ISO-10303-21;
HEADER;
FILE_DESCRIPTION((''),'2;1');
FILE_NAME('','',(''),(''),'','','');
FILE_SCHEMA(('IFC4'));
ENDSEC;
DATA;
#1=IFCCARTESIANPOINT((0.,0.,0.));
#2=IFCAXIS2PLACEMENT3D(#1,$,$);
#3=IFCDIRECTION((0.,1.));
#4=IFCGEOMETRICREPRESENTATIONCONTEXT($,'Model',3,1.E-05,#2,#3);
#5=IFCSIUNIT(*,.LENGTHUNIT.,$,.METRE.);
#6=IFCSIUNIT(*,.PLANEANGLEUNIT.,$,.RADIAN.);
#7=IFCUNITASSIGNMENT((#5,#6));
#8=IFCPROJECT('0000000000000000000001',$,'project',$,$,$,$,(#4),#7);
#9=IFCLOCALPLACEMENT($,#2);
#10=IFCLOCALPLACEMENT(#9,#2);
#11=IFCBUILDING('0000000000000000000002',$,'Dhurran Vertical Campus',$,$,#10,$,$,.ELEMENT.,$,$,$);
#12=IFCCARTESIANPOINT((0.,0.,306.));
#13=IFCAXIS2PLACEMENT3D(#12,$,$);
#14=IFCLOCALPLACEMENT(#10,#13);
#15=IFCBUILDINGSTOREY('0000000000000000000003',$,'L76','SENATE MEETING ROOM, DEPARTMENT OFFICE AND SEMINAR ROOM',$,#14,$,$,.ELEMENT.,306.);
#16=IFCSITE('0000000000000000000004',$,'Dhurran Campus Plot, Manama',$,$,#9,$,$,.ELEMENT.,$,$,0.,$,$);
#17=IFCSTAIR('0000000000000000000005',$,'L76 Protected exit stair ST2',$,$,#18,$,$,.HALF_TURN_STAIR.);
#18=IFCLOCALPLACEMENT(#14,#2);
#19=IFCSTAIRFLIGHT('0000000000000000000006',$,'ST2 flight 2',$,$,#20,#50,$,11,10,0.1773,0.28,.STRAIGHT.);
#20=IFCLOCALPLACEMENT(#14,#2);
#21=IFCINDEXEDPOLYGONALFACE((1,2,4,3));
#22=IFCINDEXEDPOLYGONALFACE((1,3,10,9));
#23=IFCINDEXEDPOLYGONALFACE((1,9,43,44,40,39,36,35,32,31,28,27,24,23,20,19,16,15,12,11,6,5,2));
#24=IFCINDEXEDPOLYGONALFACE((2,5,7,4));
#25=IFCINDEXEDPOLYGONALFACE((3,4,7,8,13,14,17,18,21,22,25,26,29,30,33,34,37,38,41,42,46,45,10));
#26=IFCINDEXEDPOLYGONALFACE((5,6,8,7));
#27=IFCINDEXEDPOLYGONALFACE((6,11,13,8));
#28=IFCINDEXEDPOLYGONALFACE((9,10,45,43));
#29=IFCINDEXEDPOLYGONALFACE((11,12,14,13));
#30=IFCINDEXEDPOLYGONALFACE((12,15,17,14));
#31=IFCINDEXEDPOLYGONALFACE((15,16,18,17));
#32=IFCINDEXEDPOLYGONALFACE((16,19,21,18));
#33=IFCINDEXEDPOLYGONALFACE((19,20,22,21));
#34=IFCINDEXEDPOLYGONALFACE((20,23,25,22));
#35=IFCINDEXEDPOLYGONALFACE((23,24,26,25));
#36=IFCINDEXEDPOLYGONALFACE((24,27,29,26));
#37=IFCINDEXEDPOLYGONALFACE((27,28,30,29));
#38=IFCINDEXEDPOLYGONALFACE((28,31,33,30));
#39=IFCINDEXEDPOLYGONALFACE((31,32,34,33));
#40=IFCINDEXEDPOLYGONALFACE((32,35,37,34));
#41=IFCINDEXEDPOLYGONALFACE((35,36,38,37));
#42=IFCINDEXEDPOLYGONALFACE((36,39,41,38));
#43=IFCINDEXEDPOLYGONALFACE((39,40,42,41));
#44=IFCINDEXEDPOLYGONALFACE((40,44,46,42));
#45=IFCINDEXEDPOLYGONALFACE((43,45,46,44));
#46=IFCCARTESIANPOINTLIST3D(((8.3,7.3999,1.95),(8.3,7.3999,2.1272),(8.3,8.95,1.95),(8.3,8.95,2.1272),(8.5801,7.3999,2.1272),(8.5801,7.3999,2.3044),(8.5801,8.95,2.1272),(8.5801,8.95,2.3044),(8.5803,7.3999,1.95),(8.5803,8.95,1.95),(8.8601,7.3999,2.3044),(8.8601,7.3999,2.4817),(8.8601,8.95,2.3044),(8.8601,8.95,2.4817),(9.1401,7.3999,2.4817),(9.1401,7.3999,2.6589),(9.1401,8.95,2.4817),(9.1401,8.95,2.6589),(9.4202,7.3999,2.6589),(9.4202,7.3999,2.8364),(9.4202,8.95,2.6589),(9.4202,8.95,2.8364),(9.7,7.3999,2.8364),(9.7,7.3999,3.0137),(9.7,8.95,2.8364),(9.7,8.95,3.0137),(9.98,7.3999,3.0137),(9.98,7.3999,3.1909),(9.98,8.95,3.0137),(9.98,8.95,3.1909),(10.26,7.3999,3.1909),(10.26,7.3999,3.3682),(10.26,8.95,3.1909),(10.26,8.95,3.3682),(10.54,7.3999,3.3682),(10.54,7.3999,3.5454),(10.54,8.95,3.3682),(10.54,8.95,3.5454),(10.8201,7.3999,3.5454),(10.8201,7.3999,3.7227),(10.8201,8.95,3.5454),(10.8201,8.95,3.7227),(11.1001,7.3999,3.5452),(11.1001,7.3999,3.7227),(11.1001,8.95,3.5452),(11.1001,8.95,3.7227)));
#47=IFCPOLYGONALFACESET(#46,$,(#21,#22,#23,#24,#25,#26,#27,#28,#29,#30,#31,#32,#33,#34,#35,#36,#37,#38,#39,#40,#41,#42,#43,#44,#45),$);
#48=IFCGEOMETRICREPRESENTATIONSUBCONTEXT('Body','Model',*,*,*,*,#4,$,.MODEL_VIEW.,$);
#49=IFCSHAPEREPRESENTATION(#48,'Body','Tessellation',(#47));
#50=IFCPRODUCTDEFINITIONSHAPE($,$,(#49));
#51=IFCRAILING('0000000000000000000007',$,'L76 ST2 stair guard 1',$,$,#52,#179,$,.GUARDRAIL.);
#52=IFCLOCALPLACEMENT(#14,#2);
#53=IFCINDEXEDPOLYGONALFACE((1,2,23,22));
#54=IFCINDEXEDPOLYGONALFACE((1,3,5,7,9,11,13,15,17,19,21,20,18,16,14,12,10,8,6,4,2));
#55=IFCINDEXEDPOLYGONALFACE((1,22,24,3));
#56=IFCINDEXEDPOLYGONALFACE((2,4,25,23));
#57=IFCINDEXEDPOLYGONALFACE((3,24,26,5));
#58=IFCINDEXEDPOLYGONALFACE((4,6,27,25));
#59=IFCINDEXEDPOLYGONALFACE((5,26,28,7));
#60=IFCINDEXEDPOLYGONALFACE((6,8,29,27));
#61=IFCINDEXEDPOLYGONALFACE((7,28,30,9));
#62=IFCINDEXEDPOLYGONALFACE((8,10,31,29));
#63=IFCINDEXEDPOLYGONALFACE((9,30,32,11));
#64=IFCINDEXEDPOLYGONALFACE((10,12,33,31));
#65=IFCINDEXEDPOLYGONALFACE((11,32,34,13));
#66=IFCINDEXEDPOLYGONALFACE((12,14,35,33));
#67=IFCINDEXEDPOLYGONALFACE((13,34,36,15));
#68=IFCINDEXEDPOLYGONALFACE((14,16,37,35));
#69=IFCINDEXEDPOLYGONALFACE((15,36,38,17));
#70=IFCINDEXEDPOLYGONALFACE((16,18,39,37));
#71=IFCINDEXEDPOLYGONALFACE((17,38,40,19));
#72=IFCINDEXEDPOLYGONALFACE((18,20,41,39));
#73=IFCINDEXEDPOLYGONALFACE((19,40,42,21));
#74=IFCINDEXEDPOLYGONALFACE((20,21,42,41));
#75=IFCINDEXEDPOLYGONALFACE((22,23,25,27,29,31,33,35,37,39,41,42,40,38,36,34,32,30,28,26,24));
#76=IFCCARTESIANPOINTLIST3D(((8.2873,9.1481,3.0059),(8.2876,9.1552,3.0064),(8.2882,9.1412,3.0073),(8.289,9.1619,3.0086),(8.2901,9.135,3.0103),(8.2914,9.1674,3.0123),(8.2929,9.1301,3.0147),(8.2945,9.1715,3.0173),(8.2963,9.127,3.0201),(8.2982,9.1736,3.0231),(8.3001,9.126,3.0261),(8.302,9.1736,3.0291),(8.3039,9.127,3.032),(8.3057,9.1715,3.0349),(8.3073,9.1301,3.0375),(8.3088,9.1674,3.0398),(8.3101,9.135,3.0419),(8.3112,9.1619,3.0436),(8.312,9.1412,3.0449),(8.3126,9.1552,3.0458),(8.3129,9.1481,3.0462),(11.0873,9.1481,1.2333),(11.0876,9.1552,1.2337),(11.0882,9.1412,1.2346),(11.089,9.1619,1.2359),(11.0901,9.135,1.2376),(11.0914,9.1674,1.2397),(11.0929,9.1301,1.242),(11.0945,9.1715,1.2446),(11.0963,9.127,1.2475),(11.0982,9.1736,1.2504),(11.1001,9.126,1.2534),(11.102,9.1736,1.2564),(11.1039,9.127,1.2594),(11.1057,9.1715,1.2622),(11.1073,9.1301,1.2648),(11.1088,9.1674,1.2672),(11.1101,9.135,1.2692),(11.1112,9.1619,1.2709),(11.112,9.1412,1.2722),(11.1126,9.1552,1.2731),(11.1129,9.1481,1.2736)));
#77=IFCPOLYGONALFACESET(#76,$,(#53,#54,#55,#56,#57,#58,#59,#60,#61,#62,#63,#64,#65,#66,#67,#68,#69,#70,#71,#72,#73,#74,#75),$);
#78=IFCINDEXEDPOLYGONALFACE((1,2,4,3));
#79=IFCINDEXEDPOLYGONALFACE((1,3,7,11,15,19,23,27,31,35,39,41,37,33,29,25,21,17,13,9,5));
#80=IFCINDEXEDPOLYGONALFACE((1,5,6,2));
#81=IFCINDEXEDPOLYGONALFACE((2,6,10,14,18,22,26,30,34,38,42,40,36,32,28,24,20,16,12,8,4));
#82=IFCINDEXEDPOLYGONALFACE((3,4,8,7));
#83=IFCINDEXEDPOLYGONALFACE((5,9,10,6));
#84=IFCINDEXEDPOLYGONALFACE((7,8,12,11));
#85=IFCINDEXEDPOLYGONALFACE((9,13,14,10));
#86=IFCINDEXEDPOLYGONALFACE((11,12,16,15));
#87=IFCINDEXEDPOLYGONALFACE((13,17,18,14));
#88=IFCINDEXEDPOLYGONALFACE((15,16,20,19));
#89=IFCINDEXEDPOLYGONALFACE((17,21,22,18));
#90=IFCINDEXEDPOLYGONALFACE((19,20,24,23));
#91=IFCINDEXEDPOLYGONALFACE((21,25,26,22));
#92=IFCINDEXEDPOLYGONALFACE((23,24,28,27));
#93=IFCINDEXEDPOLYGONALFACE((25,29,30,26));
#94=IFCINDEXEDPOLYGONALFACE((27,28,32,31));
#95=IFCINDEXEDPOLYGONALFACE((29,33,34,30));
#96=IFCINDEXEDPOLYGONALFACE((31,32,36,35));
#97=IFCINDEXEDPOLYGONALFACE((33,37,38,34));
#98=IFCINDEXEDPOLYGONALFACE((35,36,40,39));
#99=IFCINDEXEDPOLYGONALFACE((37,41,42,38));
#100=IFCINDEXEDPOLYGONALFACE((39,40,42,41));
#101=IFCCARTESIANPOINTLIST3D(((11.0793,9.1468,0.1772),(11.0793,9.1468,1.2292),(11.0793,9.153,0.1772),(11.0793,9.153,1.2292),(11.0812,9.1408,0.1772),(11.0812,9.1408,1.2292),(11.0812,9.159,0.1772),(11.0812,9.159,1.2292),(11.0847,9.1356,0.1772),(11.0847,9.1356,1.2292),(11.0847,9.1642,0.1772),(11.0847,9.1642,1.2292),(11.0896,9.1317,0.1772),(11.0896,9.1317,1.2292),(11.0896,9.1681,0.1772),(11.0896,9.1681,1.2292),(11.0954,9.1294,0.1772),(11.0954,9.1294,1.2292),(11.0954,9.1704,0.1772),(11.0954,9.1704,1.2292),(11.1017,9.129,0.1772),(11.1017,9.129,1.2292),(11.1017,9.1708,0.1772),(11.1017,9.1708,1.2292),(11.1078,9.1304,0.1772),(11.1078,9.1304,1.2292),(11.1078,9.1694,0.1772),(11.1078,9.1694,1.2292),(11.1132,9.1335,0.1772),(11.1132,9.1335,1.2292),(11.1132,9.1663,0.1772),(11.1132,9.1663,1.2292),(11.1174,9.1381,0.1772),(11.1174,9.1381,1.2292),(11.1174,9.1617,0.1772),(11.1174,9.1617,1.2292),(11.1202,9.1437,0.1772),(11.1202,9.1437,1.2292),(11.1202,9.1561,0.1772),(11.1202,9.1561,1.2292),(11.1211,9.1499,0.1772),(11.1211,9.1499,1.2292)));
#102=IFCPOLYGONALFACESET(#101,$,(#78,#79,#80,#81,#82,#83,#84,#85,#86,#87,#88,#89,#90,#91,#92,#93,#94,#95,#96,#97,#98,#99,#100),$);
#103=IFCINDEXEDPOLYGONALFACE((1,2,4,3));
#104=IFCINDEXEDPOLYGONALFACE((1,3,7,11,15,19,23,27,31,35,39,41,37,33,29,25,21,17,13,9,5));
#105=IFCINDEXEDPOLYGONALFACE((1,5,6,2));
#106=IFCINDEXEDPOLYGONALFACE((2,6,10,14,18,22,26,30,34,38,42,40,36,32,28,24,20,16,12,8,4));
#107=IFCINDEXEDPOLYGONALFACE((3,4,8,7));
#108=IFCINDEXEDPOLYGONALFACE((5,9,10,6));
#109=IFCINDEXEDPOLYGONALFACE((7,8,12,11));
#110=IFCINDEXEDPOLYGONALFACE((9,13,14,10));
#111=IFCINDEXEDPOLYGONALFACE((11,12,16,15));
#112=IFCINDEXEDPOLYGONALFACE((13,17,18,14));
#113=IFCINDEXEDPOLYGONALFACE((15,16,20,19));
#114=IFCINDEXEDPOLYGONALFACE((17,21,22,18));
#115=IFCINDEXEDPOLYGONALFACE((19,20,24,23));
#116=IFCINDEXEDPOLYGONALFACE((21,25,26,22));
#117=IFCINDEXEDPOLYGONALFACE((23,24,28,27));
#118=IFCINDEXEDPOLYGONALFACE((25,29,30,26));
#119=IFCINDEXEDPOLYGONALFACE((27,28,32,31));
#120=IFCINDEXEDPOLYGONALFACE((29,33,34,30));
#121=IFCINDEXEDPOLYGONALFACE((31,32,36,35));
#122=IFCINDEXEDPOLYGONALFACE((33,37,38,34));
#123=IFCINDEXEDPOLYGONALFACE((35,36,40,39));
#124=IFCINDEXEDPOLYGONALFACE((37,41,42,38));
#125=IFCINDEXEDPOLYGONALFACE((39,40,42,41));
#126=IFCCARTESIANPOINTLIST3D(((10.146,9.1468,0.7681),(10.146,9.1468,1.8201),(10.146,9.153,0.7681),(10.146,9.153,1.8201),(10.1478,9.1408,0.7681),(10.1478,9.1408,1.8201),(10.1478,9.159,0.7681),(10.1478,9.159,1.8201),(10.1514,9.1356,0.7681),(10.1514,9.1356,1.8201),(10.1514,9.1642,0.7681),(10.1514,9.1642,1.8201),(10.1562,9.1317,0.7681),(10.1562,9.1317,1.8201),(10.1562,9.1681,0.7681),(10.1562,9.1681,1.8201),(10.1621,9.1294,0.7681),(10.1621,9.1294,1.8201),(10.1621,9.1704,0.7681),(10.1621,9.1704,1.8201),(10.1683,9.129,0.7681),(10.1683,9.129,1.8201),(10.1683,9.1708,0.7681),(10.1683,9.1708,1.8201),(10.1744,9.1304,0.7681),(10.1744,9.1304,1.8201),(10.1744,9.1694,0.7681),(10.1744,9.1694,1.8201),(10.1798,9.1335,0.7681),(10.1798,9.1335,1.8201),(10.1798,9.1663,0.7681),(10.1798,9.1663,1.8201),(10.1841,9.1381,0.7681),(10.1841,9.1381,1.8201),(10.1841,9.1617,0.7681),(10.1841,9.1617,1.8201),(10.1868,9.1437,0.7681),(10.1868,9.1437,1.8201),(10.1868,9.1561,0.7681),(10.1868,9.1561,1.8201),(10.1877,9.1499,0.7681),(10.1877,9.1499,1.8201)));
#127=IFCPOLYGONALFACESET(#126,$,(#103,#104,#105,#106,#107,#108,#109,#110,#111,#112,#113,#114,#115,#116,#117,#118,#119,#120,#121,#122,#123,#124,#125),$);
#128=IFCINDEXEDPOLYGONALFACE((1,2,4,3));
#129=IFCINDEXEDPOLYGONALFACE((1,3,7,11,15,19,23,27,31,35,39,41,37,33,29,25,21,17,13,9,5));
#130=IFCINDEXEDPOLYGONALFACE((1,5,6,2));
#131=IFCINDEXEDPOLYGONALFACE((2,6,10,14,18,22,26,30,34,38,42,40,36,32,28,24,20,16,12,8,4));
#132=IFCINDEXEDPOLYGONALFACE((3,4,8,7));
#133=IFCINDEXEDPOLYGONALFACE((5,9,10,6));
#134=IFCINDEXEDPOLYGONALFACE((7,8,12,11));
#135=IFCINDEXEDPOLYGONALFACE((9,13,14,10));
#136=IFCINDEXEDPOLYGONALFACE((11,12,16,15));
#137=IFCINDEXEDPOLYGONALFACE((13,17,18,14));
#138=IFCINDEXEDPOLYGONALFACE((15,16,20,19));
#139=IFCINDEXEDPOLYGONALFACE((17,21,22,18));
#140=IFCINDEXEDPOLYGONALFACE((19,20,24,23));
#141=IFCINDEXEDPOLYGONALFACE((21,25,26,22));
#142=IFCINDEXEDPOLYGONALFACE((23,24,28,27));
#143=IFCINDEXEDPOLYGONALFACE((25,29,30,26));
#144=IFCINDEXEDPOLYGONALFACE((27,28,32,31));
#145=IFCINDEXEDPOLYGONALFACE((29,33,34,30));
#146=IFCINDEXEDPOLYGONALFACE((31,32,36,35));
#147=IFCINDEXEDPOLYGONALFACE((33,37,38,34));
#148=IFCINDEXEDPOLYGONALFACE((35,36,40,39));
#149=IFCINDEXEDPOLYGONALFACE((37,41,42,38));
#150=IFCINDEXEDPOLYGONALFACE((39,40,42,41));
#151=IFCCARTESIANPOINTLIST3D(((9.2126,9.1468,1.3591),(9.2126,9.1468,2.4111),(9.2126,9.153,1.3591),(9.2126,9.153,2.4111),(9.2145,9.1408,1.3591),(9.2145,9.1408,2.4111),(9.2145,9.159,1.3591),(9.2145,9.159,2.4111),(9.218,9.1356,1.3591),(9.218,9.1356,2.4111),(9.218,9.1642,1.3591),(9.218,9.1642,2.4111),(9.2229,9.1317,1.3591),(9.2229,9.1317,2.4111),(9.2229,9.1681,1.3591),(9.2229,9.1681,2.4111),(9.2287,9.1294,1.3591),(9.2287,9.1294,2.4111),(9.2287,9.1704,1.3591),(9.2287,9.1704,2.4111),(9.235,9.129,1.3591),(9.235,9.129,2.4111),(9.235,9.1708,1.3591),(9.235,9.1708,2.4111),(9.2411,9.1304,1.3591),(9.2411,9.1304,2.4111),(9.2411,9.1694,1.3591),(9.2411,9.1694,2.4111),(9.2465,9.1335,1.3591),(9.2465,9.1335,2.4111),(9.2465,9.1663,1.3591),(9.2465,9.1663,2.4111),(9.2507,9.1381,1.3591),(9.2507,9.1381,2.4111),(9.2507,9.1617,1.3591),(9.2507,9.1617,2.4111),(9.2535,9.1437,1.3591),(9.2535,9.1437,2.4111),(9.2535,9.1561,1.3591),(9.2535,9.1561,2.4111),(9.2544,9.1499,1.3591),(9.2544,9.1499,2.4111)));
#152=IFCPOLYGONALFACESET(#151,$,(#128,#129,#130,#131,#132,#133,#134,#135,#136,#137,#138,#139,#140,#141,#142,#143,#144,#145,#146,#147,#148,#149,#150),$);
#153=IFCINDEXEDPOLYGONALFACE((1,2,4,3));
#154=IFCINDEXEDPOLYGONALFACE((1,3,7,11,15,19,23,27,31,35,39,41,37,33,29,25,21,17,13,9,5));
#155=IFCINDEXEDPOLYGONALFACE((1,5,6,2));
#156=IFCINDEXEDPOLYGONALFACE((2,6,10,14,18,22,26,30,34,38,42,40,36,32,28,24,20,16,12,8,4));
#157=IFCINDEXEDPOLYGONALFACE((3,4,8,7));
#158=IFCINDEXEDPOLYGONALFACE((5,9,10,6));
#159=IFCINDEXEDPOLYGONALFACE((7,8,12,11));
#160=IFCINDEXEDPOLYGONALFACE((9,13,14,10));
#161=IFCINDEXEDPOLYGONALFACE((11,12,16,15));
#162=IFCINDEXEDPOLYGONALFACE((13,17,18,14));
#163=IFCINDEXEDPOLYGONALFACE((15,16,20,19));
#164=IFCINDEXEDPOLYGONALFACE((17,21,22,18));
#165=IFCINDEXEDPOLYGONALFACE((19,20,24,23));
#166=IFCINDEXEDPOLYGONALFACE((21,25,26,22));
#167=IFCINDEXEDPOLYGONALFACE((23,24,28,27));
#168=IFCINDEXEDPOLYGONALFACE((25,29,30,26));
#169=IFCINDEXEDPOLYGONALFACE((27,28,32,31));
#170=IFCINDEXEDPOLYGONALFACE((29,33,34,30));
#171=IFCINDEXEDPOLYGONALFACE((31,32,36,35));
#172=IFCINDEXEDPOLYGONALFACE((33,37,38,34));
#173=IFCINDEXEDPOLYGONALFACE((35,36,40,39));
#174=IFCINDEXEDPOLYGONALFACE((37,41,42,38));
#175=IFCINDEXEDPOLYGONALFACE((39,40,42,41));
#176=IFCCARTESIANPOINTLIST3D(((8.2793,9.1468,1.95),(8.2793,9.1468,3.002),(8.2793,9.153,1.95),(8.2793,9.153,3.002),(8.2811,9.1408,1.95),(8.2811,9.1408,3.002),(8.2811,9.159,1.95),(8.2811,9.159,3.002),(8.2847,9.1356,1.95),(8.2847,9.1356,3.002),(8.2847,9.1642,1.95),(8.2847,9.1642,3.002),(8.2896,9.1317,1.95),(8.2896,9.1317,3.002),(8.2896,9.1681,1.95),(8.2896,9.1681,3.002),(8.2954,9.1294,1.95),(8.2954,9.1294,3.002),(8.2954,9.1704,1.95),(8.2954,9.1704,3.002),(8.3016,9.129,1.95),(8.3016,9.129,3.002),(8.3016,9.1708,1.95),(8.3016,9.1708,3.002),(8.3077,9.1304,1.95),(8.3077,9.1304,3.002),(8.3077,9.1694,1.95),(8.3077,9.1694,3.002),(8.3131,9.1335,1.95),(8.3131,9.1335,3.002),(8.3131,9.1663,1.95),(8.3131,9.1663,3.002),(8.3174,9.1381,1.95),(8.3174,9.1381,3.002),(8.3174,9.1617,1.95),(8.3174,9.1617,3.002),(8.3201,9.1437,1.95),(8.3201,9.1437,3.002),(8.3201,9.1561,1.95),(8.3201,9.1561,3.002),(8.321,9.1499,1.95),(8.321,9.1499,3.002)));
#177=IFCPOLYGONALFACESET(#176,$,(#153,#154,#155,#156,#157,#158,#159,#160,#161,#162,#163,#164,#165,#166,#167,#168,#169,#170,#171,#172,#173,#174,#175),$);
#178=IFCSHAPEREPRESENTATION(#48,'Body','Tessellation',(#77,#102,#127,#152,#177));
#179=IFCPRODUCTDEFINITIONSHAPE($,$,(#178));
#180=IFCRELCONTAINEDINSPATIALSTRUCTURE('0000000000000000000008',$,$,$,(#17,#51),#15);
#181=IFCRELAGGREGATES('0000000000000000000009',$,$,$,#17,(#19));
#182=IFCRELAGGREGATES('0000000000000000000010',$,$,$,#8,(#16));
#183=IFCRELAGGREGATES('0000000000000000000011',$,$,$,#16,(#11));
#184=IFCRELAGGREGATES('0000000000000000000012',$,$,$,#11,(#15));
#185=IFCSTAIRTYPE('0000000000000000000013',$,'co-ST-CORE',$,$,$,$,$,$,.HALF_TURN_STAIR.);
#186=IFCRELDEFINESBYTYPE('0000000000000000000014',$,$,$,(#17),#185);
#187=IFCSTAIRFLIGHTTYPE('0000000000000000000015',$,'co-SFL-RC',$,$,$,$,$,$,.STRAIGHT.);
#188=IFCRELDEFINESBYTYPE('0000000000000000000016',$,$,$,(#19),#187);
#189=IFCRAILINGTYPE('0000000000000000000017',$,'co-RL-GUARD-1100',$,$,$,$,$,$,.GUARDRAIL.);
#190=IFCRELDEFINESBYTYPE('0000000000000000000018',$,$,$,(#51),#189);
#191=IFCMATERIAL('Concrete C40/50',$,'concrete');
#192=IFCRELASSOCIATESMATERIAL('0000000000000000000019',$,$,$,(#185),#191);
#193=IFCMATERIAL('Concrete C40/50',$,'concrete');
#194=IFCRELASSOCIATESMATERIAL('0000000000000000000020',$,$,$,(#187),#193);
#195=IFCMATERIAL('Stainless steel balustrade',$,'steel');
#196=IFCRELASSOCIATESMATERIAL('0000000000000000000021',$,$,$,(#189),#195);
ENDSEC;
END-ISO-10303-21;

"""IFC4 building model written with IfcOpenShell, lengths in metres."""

from ifc_helpers import new_model, si_unit, direction, frame, origin, origin_2d, place, context, subcontext, project, spatial, polyline, circle, outline, extrude, material, type_object, element, aggregate, save


model = new_model("IFC4")

# Units and contexts
model_context = context("Model", 3, precision=1e-05, world=origin(), true_north=direction((0.0, 1.0)))
body_context = subcontext(model_context, "Body", "Model", "MODEL_VIEW")
ifc_project = project(units=[si_unit("LENGTHUNIT", "METRE"), si_unit("PLANEANGLEUNIT", "RADIAN")], contexts=[model_context])

# Site, building, storey
site_placement = place(None, origin())
site = spatial("IfcSite", under=ifc_project, at=site_placement, Name="Dhurran Campus Plot, Manama", CompositionType="ELEMENT", RefElevation=0.0)
building_placement = place(site_placement, origin())
building = spatial("IfcBuilding", under=site, at=building_placement, Name="Dhurran Vertical Campus", CompositionType="ELEMENT")
storey_placement = place(building_placement, frame((0.0, 0.0, 306.0)))
storey = spatial("IfcBuildingStorey", under=building, at=storey_placement, Name="L76", Description="SENATE MEETING ROOM, DEPARTMENT OFFICE AND SEMINAR ROOM", CompositionType="ELEMENT", Elevation=306.0)

# Stair, stair flight
ifc_material_1 = material(Name="Concrete C40/50", Category="concrete")
stair_type = type_object("IfcStairType", Name="co-ST-CORE", PredefinedType="HALF_TURN_STAIR", material=ifc_material_1)
stair_placement = place(storey_placement, origin())
stair = element("IfcStair", 1, at=stair_placement, inside=storey, type_object=stair_type, Name="L76 Protected exit stair ST2", PredefinedType="HALF_TURN_STAIR")
ifc_material_2 = material(Name="Concrete C40/50", Category="concrete")
stair_flight_type = type_object("IfcStairFlightType", Name="co-SFL-RC", PredefinedType="STRAIGHT", material=ifc_material_2)
stair_flight_1_placement = place(storey_placement, frame((8.3, 8.175, 1.95), z_axis=(0.0, 0.0, 1.0), x_axis=(1.0, 0.0, 0.0)))
stair_flight_1 = element("IfcStairFlight", 2, at=stair_flight_1_placement, type_object=stair_flight_type, Name="ST2 flight 2", NumberOfRisers=11, NumberOfTreads=10, PredefinedType="STRAIGHT", RiserHeight=0.1773, TreadLength=0.28, context=body_context, shape_type="SweptSolid", body=[
    extrude(outline(polyline([(0.0, 0.0), (0.0, 0.1772), (0.28, 0.1772), (0.28, 0.3545), (0.5601, 0.3545), (0.5601, 0.5317), (0.8401, 0.5317), (0.8401, 0.709), (1.1201, 0.709), (1.1201, 0.8865), (1.3999, 0.8865), (1.3999, 1.0637), (1.6799, 1.0637), (1.6799, 1.241), (1.96, 1.241), (1.96, 1.4182), (2.24, 1.4182), (2.24, 1.5955), (2.52, 1.5955), (2.52, 1.7727), (2.8, 1.7727), (2.8, 1.95), (2.8, 1.5952), (0.2803, 0.0), (0.0, 0.0)])), frame((0.0, 0.7749, 0.0), z_axis=(0.0, -1.0, 0.0), x_axis=(1.0, 0.0, 0.0)), (0.0, 0.0, 1.0), 1.55),
])
aggregate(stair, [stair_flight_1])

# Railing
ifc_material_3 = material(Name="Stainless steel balustrade", Category="steel")
railing_type_1 = type_object("IfcRailingType", Name="co-RL-GUARD-1100", PredefinedType="GUARDRAIL", material=ifc_material_3)
railing_1_placement = place(storey_placement, frame((11.1001, 9.1499, 0.1772)))
element("IfcRailing", 3, at=railing_1_placement, inside=storey, type_object=railing_type_1, Name="L76 ST2 stair guard 1", PredefinedType="GUARDRAIL", context=body_context, shape_type="SweptSolid", body=[
    extrude(circle(Radius=0.0239, at=origin_2d()), frame((0.0, 0.0, 1.0762), z_axis=(-0.844909, 0.0, 0.53491), x_axis=(0.0, -1.0, 0.0)), (0.0, 0.0, 1.0), 3.314),
    extrude(circle(Radius=0.021, at=origin_2d()), origin(), (0.0, 0.0, 1.0), 1.052),
    extrude(circle(Radius=0.021, at=origin_2d()), frame((-0.9333, 0.0, 0.5908)), (0.0, 0.0, 1.0), 1.052),
    extrude(circle(Radius=0.021, at=origin_2d()), frame((-1.8667, 0.0, 1.1819)), (0.0, 0.0, 1.0), 1.052),
    extrude(circle(Radius=0.021, at=origin_2d()), frame((-2.8, 0.0, 1.7727)), (0.0, 0.0, 1.0), 1.052),
])

save(model, "model.ifc")
